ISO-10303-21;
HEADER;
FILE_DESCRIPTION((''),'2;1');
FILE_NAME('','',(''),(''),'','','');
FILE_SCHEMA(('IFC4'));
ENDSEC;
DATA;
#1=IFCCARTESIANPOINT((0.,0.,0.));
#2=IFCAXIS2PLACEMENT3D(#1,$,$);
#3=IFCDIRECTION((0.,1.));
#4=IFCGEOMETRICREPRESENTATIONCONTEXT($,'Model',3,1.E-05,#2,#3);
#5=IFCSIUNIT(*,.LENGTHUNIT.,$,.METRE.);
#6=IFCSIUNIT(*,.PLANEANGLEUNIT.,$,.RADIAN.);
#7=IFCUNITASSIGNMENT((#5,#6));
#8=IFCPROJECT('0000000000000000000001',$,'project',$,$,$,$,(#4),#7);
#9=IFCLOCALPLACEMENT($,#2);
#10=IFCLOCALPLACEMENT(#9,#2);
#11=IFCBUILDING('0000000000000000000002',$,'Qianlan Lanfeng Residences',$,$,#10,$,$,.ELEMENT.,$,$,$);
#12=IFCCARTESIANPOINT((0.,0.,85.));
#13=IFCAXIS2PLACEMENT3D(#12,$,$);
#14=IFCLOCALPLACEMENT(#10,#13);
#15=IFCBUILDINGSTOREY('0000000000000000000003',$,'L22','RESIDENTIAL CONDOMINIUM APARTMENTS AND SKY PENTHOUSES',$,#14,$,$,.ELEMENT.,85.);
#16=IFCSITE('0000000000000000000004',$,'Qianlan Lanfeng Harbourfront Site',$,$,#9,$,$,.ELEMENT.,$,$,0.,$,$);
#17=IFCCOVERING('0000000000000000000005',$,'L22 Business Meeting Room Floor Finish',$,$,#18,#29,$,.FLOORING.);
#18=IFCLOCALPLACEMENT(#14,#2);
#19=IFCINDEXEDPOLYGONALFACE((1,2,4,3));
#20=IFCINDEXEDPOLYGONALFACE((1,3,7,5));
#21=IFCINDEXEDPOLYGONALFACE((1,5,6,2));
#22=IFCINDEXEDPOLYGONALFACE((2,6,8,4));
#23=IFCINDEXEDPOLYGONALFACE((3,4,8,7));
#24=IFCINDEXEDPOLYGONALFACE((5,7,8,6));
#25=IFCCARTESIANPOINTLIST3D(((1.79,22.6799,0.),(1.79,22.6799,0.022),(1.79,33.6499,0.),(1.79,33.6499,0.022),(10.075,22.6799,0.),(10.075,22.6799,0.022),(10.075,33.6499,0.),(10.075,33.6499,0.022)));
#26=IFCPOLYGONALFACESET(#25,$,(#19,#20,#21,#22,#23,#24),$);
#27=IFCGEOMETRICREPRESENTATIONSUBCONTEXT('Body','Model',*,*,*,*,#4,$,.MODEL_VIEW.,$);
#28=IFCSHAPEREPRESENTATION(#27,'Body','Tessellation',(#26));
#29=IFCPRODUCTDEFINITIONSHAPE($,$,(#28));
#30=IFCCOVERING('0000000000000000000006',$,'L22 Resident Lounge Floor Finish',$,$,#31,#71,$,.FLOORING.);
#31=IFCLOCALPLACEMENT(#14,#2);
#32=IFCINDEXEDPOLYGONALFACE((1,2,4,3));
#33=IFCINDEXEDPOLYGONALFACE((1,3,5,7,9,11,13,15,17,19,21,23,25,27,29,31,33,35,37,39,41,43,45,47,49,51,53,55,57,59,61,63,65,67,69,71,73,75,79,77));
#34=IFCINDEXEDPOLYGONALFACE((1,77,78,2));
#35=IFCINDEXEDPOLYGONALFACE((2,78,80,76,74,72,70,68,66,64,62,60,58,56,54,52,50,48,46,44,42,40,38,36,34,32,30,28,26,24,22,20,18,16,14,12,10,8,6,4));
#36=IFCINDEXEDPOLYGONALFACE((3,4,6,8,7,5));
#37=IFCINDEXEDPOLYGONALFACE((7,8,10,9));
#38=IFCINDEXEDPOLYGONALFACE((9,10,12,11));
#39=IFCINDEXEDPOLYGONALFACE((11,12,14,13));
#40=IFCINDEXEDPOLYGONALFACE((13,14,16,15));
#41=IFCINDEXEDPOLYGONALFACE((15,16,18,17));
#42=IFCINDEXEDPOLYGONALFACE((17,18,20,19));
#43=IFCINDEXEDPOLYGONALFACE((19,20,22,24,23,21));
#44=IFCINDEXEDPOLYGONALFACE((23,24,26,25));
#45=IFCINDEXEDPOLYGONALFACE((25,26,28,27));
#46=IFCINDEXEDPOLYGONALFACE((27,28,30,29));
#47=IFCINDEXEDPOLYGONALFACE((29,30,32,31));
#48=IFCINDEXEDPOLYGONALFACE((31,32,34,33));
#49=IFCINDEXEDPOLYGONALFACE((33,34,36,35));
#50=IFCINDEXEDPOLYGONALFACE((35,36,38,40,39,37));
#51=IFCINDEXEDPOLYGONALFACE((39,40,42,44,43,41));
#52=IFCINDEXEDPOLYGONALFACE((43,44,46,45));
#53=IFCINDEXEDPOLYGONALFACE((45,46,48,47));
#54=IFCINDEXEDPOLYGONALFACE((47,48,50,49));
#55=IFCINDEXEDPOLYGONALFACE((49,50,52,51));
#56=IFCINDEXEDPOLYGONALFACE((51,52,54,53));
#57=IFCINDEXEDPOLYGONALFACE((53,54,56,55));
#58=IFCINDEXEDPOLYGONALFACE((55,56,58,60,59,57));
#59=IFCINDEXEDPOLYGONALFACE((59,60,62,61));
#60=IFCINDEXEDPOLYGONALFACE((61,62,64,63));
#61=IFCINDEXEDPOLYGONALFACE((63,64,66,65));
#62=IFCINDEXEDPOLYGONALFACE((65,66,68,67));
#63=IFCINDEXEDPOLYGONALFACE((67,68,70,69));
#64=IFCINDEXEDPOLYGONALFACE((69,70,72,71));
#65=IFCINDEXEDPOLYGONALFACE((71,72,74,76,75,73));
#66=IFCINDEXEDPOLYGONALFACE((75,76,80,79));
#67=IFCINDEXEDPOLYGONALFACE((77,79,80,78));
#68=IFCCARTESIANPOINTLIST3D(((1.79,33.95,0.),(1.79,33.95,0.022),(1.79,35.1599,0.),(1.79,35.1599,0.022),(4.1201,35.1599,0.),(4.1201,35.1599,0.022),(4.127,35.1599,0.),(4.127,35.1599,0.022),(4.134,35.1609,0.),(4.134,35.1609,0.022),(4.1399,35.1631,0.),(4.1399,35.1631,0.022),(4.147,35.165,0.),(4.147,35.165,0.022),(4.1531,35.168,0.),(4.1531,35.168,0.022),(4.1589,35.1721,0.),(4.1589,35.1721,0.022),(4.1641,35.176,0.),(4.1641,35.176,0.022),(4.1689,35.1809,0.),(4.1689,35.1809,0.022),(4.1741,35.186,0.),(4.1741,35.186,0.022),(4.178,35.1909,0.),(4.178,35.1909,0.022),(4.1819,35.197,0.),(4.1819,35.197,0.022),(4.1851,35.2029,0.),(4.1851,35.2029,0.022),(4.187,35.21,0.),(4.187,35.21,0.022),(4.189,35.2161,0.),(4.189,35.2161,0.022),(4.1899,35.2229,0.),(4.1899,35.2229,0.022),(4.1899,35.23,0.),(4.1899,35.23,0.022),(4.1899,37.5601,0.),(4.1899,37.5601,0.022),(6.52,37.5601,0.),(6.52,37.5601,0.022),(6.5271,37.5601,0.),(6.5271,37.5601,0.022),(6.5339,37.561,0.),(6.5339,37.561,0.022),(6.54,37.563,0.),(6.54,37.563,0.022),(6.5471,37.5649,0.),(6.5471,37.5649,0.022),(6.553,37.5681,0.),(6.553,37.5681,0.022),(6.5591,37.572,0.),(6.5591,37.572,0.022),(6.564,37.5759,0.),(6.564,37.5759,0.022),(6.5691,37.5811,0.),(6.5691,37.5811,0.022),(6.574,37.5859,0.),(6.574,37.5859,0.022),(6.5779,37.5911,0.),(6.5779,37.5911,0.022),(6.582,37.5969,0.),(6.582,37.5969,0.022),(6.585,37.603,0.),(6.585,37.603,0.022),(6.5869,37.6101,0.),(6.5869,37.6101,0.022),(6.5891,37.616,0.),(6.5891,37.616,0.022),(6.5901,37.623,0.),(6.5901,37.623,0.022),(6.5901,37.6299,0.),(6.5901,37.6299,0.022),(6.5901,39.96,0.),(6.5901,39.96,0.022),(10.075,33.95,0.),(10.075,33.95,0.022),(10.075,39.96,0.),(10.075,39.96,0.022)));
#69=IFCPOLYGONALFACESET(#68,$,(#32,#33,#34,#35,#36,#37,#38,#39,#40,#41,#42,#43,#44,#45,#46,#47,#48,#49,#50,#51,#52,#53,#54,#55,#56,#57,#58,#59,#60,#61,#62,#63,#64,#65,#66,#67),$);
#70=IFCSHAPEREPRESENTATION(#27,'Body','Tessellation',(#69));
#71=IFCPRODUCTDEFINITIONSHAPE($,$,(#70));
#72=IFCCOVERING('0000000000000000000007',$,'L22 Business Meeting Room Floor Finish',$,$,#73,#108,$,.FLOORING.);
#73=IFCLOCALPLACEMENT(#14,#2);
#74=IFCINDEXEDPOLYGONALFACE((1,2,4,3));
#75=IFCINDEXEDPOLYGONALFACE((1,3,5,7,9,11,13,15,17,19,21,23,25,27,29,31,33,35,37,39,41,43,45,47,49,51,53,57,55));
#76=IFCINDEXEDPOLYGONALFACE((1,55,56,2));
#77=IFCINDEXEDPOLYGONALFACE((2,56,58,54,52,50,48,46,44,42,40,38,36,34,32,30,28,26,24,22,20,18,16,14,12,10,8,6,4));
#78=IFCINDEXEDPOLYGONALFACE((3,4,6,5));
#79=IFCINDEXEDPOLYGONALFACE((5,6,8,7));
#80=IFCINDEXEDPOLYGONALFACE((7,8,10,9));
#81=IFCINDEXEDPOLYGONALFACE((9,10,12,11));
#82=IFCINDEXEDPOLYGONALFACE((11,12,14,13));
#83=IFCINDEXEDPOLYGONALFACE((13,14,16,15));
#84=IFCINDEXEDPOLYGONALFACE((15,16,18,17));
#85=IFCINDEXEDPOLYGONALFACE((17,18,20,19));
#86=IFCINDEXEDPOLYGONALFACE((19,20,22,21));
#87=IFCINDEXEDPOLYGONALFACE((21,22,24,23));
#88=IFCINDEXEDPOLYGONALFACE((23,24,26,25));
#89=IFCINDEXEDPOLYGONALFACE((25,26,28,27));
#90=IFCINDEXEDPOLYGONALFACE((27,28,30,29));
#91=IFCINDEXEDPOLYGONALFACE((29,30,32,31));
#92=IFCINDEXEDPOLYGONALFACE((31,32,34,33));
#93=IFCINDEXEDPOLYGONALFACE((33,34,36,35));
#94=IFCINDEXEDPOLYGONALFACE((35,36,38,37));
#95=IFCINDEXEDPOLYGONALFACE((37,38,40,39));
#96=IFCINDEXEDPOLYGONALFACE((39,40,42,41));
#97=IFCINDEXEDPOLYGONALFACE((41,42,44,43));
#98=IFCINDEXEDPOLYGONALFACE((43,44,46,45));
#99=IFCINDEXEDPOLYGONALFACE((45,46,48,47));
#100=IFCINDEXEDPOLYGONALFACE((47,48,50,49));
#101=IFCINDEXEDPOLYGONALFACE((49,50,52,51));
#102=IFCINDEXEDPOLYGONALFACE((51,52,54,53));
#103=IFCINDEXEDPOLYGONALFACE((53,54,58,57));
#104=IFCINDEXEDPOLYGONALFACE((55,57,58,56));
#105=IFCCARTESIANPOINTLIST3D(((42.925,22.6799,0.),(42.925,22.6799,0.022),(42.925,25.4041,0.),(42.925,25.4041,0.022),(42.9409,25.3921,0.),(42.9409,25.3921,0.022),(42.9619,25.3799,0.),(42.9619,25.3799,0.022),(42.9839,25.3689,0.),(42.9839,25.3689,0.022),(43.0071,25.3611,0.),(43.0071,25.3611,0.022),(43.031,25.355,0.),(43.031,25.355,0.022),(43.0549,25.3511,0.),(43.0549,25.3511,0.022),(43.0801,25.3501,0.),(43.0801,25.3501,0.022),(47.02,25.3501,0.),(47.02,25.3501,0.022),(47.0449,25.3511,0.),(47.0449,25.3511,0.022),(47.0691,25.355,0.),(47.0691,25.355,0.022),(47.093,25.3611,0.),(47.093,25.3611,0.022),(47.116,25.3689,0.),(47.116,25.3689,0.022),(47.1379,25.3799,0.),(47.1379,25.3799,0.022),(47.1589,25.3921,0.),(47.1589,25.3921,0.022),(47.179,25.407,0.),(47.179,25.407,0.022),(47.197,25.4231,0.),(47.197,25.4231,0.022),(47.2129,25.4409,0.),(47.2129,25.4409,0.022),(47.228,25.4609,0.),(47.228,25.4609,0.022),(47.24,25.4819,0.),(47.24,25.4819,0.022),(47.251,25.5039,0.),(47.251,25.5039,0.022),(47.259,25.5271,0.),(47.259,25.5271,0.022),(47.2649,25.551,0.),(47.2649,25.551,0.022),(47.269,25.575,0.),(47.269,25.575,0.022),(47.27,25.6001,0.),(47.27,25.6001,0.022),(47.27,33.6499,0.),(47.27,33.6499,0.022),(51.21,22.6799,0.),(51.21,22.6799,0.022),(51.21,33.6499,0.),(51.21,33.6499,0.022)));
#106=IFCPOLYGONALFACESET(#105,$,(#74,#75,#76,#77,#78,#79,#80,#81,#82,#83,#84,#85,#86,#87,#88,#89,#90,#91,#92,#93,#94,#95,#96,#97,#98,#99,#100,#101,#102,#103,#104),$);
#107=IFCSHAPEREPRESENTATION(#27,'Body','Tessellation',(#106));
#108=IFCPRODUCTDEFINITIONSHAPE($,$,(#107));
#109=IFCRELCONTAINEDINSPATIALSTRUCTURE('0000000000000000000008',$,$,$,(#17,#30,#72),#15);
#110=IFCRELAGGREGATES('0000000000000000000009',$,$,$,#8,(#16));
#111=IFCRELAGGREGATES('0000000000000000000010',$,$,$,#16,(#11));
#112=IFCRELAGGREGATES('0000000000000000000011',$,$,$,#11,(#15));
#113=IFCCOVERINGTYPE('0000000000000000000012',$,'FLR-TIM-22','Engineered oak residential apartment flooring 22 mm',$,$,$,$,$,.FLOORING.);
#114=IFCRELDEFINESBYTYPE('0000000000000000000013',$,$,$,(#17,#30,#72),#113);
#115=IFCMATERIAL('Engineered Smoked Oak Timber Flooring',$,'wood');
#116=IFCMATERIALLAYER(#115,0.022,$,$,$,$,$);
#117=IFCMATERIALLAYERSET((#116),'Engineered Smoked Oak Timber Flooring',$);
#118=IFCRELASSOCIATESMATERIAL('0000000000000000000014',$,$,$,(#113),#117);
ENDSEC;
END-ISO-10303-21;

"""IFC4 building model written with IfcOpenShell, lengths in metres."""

from ifc_helpers import new_model, si_unit, direction, frame, origin, place, context, subcontext, project, spatial, polyline, outline, extrude, material, layer, layer_set, type_object, element, save


model = new_model("IFC4")

# Units and contexts
model_context = context("Model", 3, precision=1e-05, world=origin(), true_north=direction((0.0, 1.0)))
body_context = subcontext(model_context, "Body", "Model", "MODEL_VIEW")
ifc_project = project(units=[si_unit("LENGTHUNIT", "METRE"), si_unit("PLANEANGLEUNIT", "RADIAN")], contexts=[model_context])

# Site, building, storey
site_placement = place(None, origin())
site = spatial("IfcSite", under=ifc_project, at=site_placement, Name="Qianlan Lanfeng Harbourfront Site", CompositionType="ELEMENT", RefElevation=0.0)
building_placement = place(site_placement, origin())
building = spatial("IfcBuilding", under=site, at=building_placement, Name="Qianlan Lanfeng Residences", CompositionType="ELEMENT")
storey_placement = place(building_placement, frame((0.0, 0.0, 85.0)))
storey = spatial("IfcBuildingStorey", under=building, at=storey_placement, Name="L22", Description="RESIDENTIAL CONDOMINIUM APARTMENTS AND SKY PENTHOUSES", CompositionType="ELEMENT", Elevation=85.0)

# Coverings
ifc_material_1 = material(Name="Engineered Smoked Oak Timber Flooring", Category="wood")
ifc_layer_1 = layer(ifc_material_1, 0.022)
ifc_layer_set_1 = layer_set([ifc_layer_1], Name="Engineered Smoked Oak Timber Flooring")
covering_type_1 = type_object("IfcCoveringType", Name="FLR-TIM-22", Description="Engineered oak residential apartment flooring 22 mm", PredefinedType="FLOORING", material=ifc_layer_set_1)
covering_1_placement = place(storey_placement, origin())
element("IfcCovering", 1, at=covering_1_placement, inside=storey, type_object=covering_type_1, Name="L22 Business Meeting Room Floor Finish", PredefinedType="FLOORING", context=body_context, shape_type="SweptSolid", body=[
    extrude(outline(polyline([(10.075, 33.6499), (1.79, 33.6499), (1.79, 22.6799), (10.075, 22.6799), (10.075, 33.6499)])), origin(), (0.0, 0.0, 1.0), 0.022),
])
covering_2_placement = place(storey_placement, origin())
element("IfcCovering", 2, at=covering_2_placement, inside=storey, type_object=covering_type_1, Name="L22 Resident Lounge Floor Finish", PredefinedType="FLOORING", context=body_context, shape_type="SweptSolid", body=[
    extrude(outline(polyline([(1.79, 33.95), (10.075, 33.95), (10.075, 39.96), (6.5901, 39.96), (6.5901, 37.6299), (6.5901, 37.623), (6.5891, 37.616), (6.5869, 37.6101), (6.585, 37.603), (6.582, 37.5969), (6.5779, 37.5911), (6.574, 37.5859), (6.5691, 37.5811), (6.564, 37.5759), (6.5591, 37.572), (6.553, 37.5681), (6.5471, 37.5649), (6.54, 37.563), (6.5339, 37.561), (6.5271, 37.5601), (6.52, 37.5601), (4.1899, 37.5601), (4.1899, 35.23), (4.1899, 35.2229), (4.189, 35.2161), (4.187, 35.21), (4.1851, 35.2029), (4.1819, 35.197), (4.178, 35.1909), (4.1741, 35.186), (4.1689, 35.1809), (4.1641, 35.176), (4.1589, 35.1721), (4.1531, 35.168), (4.147, 35.165), (4.1399, 35.1631), (4.134, 35.1609), (4.127, 35.1599), (4.1201, 35.1599), (1.79, 35.1599), (1.79, 33.95)])), origin(), (0.0, 0.0, 1.0), 0.022),
])
covering_3_placement = place(storey_placement, origin())
element("IfcCovering", 3, at=covering_3_placement, inside=storey, type_object=covering_type_1, Name="L22 Business Meeting Room Floor Finish", PredefinedType="FLOORING", context=body_context, shape_type="SweptSolid", body=[
    extrude(outline(polyline([(51.21, 33.6499), (47.27, 33.6499), (47.27, 25.6001), (47.269, 25.575), (47.2649, 25.551), (47.259, 25.5271), (47.251, 25.5039), (47.24, 25.4819), (47.228, 25.4609), (47.2129, 25.4409), (47.197, 25.4231), (47.179, 25.407), (47.1589, 25.3921), (47.1379, 25.3799), (47.116, 25.3689), (47.093, 25.3611), (47.0691, 25.355), (47.0449, 25.3511), (47.02, 25.3501), (43.0801, 25.3501), (43.0549, 25.3511), (43.031, 25.355), (43.0071, 25.3611), (42.9839, 25.3689), (42.9619, 25.3799), (42.9409, 25.3921), (42.925, 25.4041), (42.925, 22.6799), (51.21, 22.6799), (51.21, 33.6499)])), origin(), (0.0, 0.0, 1.0), 0.022),
])

save(model, "model.ifc")
